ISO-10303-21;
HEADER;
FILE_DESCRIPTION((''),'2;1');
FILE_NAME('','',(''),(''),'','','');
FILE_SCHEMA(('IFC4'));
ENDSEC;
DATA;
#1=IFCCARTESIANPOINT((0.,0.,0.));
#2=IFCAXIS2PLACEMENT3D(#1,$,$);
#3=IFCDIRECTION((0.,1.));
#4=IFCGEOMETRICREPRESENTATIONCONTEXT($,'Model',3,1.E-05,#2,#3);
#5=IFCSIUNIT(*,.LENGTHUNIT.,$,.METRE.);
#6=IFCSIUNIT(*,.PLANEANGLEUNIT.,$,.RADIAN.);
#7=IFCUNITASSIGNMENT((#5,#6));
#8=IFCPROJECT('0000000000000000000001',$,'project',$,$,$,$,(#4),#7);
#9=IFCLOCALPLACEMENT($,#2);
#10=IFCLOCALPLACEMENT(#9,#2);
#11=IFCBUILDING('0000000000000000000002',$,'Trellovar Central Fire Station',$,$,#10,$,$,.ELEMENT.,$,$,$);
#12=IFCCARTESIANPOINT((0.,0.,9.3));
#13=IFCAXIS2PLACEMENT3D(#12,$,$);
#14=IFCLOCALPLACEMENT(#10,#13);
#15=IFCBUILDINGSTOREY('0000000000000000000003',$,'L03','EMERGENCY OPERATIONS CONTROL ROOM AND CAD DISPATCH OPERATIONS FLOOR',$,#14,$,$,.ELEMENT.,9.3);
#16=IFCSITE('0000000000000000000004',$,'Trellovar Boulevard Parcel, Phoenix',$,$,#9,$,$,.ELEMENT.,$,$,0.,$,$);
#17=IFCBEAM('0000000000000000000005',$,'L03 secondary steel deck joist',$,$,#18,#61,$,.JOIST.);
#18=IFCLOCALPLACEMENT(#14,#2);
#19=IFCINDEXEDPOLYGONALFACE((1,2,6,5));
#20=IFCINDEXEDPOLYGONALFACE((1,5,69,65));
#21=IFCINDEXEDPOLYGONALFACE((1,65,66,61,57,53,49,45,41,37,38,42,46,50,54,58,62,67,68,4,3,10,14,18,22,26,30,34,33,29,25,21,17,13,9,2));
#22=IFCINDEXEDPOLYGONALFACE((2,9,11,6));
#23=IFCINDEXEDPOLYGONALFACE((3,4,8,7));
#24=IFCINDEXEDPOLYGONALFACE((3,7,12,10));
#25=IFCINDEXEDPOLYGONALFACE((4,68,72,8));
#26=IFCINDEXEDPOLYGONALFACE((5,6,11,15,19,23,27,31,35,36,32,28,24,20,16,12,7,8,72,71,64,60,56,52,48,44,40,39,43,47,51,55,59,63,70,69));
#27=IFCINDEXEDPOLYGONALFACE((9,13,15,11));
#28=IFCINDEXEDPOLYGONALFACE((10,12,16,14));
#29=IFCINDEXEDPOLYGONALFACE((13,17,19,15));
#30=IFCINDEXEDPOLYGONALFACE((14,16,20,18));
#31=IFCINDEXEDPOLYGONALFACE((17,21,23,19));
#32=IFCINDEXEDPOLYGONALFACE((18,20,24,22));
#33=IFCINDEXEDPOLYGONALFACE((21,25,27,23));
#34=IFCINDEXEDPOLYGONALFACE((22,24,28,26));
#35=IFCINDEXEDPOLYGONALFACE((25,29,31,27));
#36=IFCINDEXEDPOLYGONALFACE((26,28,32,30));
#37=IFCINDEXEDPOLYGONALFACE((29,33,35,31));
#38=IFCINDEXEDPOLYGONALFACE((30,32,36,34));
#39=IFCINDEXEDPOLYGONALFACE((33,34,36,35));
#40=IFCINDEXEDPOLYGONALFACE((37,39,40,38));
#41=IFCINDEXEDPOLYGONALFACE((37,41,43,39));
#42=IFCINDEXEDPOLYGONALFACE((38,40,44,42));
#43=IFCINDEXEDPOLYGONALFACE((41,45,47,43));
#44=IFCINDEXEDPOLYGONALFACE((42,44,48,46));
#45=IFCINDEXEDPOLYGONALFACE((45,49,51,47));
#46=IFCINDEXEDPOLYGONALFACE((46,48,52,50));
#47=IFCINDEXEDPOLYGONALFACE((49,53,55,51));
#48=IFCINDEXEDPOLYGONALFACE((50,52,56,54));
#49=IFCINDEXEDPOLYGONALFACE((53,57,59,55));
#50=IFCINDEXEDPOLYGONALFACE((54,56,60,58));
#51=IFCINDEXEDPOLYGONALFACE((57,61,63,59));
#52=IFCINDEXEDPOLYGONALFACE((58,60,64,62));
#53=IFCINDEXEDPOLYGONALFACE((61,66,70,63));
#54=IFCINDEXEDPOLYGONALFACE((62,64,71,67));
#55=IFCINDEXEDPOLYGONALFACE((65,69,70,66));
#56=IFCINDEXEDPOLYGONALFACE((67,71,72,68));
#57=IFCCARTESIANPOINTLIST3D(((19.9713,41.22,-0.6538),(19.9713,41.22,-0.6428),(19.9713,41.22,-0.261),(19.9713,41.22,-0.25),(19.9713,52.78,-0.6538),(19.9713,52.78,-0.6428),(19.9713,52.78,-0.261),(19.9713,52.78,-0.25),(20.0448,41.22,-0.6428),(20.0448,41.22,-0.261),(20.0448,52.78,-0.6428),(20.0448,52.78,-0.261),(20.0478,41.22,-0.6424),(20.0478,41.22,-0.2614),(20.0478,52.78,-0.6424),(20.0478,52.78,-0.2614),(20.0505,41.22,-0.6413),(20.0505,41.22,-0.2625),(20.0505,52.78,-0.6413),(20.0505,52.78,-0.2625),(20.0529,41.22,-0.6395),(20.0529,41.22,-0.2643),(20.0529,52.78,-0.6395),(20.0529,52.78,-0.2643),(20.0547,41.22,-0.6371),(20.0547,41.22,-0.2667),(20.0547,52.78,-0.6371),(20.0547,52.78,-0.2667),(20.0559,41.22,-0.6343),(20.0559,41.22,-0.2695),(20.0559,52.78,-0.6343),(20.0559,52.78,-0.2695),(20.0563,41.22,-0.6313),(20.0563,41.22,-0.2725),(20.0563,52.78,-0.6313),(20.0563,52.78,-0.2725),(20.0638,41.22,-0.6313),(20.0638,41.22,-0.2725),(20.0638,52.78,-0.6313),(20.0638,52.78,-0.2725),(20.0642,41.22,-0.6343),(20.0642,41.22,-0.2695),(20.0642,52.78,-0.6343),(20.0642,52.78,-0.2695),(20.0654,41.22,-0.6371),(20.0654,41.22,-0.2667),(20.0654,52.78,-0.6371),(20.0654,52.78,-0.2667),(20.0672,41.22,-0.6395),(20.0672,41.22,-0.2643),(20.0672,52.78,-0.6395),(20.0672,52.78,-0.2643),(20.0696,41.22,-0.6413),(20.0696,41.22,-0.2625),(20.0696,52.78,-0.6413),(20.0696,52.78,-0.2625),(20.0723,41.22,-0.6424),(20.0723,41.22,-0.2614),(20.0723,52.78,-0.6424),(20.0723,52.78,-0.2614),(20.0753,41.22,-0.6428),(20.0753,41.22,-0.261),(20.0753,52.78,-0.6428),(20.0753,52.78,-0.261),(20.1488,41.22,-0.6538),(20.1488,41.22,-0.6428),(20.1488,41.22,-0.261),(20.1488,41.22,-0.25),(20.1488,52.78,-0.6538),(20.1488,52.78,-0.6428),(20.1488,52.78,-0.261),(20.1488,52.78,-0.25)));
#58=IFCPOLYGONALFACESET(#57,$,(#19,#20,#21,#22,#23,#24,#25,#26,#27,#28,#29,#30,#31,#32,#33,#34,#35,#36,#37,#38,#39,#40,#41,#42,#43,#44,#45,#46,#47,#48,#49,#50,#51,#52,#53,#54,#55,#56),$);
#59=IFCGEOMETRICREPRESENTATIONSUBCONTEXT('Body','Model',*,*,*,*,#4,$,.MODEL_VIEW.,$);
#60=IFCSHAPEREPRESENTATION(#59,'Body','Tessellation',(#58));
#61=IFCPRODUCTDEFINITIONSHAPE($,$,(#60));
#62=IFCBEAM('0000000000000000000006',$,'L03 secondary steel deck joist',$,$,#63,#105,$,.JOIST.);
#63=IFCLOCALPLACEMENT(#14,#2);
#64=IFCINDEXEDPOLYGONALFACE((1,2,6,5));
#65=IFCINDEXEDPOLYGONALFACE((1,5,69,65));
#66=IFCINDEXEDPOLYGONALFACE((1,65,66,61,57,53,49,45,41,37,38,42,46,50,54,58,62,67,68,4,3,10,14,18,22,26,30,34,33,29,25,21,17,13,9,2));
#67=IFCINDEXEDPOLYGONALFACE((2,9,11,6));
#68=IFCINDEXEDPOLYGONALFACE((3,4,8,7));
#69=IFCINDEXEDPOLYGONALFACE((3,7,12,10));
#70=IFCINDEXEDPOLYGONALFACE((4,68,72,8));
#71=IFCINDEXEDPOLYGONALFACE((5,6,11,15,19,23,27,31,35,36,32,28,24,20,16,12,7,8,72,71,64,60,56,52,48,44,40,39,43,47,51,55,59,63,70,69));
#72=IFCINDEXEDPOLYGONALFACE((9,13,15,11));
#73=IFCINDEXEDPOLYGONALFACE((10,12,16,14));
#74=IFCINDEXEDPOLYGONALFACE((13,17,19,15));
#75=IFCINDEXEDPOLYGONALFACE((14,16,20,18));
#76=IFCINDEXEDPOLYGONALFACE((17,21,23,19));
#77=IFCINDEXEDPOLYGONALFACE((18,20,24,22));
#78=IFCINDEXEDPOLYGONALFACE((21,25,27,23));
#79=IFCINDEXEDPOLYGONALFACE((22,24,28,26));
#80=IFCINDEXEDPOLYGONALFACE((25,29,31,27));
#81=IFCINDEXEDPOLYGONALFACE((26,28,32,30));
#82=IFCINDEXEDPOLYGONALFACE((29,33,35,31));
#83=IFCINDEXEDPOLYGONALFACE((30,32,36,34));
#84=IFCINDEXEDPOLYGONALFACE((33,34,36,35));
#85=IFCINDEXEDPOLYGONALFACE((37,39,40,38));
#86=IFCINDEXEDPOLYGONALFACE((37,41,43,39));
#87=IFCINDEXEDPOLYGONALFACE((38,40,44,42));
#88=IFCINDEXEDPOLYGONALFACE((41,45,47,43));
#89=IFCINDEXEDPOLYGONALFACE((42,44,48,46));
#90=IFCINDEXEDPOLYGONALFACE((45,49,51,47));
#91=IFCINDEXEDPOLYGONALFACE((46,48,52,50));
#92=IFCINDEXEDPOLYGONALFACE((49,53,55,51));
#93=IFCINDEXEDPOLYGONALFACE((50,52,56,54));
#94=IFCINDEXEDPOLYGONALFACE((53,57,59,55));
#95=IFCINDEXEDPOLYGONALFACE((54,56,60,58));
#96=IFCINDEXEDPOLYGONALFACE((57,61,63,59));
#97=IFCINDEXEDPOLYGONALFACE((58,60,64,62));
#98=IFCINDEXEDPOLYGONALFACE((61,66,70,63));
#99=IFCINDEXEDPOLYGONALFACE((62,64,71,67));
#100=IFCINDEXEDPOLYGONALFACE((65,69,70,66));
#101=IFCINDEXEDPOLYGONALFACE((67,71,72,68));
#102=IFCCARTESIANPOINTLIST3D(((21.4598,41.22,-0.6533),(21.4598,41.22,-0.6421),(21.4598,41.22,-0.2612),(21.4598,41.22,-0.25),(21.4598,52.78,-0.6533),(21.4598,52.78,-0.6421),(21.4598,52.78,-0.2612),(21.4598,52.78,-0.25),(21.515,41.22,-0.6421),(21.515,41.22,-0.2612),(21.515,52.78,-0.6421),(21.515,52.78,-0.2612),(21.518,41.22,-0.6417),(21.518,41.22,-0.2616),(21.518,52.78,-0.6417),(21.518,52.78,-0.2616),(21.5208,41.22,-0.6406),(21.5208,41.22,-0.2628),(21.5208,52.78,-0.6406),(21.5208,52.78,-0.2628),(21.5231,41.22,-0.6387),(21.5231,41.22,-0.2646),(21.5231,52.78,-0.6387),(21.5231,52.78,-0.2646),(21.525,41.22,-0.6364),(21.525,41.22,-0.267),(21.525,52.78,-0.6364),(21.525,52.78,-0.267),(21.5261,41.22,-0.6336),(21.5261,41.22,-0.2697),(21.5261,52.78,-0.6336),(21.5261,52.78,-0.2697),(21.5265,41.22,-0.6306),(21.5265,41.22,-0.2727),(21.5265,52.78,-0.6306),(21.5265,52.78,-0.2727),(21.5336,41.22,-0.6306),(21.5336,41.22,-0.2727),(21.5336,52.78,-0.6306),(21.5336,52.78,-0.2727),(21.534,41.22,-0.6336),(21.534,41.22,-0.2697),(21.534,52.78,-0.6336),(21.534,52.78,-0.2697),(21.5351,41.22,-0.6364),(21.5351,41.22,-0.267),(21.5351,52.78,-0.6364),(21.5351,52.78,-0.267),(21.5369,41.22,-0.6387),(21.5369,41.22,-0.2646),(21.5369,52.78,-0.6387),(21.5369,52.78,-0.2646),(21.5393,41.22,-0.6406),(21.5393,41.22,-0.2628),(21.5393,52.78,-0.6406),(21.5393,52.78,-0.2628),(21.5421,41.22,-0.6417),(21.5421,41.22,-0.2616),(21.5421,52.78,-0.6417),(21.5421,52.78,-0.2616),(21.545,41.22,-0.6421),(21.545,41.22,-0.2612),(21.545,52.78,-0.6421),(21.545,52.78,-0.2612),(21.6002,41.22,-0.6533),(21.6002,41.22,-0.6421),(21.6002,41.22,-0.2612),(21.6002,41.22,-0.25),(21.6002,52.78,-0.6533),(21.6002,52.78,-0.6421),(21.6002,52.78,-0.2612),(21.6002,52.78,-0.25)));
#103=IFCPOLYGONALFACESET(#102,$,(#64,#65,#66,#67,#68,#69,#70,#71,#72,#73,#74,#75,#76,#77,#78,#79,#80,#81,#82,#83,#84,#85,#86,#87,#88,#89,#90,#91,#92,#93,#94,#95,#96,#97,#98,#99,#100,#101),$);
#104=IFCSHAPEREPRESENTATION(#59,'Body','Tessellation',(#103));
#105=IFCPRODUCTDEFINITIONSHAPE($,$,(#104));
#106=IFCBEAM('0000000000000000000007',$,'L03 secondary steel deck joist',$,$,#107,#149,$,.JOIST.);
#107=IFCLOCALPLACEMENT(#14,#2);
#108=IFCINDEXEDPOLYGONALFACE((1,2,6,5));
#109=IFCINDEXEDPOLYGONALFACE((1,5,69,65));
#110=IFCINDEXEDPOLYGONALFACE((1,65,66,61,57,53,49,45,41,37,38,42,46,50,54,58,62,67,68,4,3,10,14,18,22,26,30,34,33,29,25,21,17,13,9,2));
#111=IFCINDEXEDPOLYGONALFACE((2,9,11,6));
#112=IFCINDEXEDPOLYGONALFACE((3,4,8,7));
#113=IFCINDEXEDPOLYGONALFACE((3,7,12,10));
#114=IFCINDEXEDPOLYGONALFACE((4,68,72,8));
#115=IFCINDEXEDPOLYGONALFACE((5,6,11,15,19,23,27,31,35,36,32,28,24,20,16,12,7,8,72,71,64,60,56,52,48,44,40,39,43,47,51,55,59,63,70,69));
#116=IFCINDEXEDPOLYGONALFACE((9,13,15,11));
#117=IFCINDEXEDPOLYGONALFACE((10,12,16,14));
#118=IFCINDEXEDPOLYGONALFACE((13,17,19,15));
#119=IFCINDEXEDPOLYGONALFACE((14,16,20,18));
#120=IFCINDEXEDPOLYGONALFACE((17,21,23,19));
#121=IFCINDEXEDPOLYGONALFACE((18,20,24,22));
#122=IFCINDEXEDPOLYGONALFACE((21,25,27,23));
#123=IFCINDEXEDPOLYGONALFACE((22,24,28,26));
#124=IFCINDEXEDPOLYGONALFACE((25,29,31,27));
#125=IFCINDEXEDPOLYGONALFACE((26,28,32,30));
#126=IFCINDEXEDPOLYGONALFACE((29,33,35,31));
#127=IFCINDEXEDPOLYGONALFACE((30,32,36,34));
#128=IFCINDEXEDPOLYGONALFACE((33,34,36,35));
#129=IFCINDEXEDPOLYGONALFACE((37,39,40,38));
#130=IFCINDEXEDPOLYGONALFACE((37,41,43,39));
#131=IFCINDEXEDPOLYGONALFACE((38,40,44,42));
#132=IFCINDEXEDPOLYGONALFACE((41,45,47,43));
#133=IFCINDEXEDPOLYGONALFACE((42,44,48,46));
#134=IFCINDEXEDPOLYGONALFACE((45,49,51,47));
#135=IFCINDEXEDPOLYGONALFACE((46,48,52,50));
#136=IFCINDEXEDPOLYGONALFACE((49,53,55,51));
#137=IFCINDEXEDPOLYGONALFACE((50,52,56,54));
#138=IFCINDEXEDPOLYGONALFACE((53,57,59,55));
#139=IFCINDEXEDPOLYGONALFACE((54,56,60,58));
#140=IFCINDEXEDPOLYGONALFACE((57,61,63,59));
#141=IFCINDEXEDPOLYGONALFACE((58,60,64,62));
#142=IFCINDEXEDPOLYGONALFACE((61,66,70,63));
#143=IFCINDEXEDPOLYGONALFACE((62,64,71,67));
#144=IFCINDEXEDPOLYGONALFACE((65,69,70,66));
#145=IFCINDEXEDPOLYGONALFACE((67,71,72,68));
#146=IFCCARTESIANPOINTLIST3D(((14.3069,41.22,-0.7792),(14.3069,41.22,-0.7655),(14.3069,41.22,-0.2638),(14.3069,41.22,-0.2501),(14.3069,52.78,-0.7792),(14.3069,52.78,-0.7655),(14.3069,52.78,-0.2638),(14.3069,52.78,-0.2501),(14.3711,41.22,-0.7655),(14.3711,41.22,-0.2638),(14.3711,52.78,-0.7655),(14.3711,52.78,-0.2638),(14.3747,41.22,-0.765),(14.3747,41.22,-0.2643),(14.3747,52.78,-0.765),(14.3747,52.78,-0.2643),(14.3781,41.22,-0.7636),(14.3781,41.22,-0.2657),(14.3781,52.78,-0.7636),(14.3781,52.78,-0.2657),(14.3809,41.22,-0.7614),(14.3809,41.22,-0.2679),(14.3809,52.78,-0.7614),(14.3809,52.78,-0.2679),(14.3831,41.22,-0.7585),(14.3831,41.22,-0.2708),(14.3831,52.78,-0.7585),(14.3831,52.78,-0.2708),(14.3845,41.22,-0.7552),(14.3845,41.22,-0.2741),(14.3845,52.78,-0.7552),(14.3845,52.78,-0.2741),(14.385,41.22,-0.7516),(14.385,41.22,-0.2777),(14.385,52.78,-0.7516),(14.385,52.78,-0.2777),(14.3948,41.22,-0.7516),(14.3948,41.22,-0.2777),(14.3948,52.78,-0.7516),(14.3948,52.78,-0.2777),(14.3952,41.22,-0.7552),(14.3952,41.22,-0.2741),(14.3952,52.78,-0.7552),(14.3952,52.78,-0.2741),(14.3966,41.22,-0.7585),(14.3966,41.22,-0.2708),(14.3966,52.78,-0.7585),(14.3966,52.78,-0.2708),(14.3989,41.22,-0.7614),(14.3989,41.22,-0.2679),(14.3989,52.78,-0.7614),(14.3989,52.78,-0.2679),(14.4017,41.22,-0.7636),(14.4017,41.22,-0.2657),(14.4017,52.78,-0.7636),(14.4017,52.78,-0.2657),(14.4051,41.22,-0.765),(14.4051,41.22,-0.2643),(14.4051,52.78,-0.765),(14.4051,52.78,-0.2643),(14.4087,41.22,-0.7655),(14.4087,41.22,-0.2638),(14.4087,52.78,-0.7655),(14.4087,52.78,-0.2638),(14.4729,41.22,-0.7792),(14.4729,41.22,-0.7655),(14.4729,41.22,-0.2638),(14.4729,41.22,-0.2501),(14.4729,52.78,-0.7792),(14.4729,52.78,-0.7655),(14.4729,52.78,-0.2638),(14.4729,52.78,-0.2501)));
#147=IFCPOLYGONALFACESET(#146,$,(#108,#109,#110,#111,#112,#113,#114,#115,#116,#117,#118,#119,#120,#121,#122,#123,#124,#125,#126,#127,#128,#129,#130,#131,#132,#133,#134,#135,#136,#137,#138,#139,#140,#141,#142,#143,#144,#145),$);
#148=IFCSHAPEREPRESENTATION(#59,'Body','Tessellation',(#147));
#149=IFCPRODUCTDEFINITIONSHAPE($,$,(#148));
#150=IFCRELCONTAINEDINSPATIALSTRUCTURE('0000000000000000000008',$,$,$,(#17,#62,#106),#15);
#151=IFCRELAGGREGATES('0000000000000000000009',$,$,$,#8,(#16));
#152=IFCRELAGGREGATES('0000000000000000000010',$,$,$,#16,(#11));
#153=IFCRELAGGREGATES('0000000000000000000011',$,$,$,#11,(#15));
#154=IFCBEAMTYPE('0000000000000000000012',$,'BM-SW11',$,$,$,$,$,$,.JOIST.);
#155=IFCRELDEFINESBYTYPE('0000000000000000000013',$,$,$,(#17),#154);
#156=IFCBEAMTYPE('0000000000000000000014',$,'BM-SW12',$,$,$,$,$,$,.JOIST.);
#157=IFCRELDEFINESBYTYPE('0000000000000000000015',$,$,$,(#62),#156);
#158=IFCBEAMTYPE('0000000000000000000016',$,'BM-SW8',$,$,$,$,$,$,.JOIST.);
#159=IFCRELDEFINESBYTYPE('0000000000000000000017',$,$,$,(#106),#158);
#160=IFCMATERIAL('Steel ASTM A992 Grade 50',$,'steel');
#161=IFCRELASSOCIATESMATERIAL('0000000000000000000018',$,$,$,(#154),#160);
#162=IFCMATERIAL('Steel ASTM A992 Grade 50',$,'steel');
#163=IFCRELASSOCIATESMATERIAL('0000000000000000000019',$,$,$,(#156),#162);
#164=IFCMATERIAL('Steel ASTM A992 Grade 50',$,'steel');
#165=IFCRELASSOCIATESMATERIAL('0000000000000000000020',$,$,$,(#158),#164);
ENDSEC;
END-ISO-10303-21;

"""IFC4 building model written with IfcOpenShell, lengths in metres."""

from ifc_helpers import new_model, si_unit, direction, frame, origin, origin_2d, place, context, subcontext, project, spatial, i_section, extrude, material, material_profile, profile_set, type_object, element, save


model = new_model("IFC4")

# Units and contexts
model_context = context("Model", 3, precision=1e-05, world=origin(), true_north=direction((0.0, 1.0)))
body_context = subcontext(model_context, "Body", "Model", "MODEL_VIEW")
ifc_project = project(units=[si_unit("LENGTHUNIT", "METRE"), si_unit("PLANEANGLEUNIT", "RADIAN")], contexts=[model_context])

# Site, building, storey
site_placement = place(None, origin())
site = spatial("IfcSite", under=ifc_project, at=site_placement, Name="Trellovar Boulevard Parcel, Phoenix", CompositionType="ELEMENT", RefElevation=0.0)
building_placement = place(site_placement, origin())
building = spatial("IfcBuilding", under=site, at=building_placement, Name="Trellovar Central Fire Station", CompositionType="ELEMENT")
storey_placement = place(building_placement, frame((0.0, 0.0, 9.3)))
storey = spatial("IfcBuildingStorey", under=building, at=storey_placement, Name="L03", Description="EMERGENCY OPERATIONS CONTROL ROOM AND CAD DISPATCH OPERATIONS FLOOR", CompositionType="ELEMENT", Elevation=9.3)

# Beams
ifc_material_1 = material(Name="Steel ASTM A992 Grade 50", Category="steel")
ifc_material_profile_1 = material_profile(ifc_material_1, i_section(OverallWidth=0.1775, OverallDepth=0.4038, WebThickness=0.0076, FlangeThickness=0.011, FilletRadius=0.0115, at=origin_2d()), Name="W16X36")
ifc_profile_set_1 = profile_set([ifc_material_profile_1], Name="Steel ASTM A992 Grade 50")
beam_type_1 = type_object("IfcBeamType", Name="BM-SW11", PredefinedType="JOIST", material=ifc_profile_set_1)
beam_1_placement = place(storey_placement, frame((20.0601, 41.22, -0.4519), z_axis=(0.0, 1.0, 0.0), x_axis=(-1.0, 0.0, 0.0)))
element("IfcBeam", 1, at=beam_1_placement, inside=storey, type_object=beam_type_1, Name="L03 secondary steel deck joist", PredefinedType="JOIST", context=body_context, shape_type="SweptSolid", body=[
    extrude(i_section(OverallWidth=0.1775, OverallDepth=0.4038, WebThickness=0.0076, FlangeThickness=0.011, FilletRadius=0.0115, at=origin_2d()), origin(), (0.0, 0.0, 1.0), 11.5601),
])
ifc_material_2 = material(Name="Steel ASTM A992 Grade 50", Category="steel")
ifc_material_profile_2 = material_profile(ifc_material_2, i_section(OverallWidth=0.1404, OverallDepth=0.4033, WebThickness=0.0071, FlangeThickness=0.0112, FilletRadius=0.0115, at=origin_2d()), Name="W16X31")
ifc_profile_set_2 = profile_set([ifc_material_profile_2], Name="Steel ASTM A992 Grade 50")
beam_type_2 = type_object("IfcBeamType", Name="BM-SW12", PredefinedType="JOIST", material=ifc_profile_set_2)
beam_2_placement = place(storey_placement, frame((21.53, 41.22, -0.4517), z_axis=(0.0, 1.0, 0.0), x_axis=(-1.0, 0.0, 0.0)))
element("IfcBeam", 2, at=beam_2_placement, inside=storey, type_object=beam_type_2, Name="L03 secondary steel deck joist", PredefinedType="JOIST", context=body_context, shape_type="SweptSolid", body=[
    extrude(i_section(OverallWidth=0.1404, OverallDepth=0.4033, WebThickness=0.0071, FlangeThickness=0.0112, FilletRadius=0.0115, at=origin_2d()), origin(), (0.0, 0.0, 1.0), 11.5601),
])
ifc_material_3 = material(Name="Steel ASTM A992 Grade 50", Category="steel")
ifc_material_profile_3 = material_profile(ifc_material_3, i_section(OverallWidth=0.166, OverallDepth=0.5291, WebThickness=0.0098, FlangeThickness=0.0137, FilletRadius=0.0139, at=origin_2d()), Name="W21X50")
ifc_profile_set_3 = profile_set([ifc_material_profile_3], Name="Steel ASTM A992 Grade 50")
beam_type_3 = type_object("IfcBeamType", Name="BM-SW8", PredefinedType="JOIST", material=ifc_profile_set_3)
beam_3_placement = place(storey_placement, frame((14.3899, 41.22, -0.5146), z_axis=(0.0, 1.0, 0.0), x_axis=(-1.0, 0.0, 0.0)))
element("IfcBeam", 3, at=beam_3_placement, inside=storey, type_object=beam_type_3, Name="L03 secondary steel deck joist", PredefinedType="JOIST", context=body_context, shape_type="SweptSolid", body=[
    extrude(i_section(OverallWidth=0.166, OverallDepth=0.5291, WebThickness=0.0098, FlangeThickness=0.0137, FilletRadius=0.0139, at=origin_2d()), origin(), (0.0, 0.0, 1.0), 11.5601),
])

save(model, "model.ifc")
